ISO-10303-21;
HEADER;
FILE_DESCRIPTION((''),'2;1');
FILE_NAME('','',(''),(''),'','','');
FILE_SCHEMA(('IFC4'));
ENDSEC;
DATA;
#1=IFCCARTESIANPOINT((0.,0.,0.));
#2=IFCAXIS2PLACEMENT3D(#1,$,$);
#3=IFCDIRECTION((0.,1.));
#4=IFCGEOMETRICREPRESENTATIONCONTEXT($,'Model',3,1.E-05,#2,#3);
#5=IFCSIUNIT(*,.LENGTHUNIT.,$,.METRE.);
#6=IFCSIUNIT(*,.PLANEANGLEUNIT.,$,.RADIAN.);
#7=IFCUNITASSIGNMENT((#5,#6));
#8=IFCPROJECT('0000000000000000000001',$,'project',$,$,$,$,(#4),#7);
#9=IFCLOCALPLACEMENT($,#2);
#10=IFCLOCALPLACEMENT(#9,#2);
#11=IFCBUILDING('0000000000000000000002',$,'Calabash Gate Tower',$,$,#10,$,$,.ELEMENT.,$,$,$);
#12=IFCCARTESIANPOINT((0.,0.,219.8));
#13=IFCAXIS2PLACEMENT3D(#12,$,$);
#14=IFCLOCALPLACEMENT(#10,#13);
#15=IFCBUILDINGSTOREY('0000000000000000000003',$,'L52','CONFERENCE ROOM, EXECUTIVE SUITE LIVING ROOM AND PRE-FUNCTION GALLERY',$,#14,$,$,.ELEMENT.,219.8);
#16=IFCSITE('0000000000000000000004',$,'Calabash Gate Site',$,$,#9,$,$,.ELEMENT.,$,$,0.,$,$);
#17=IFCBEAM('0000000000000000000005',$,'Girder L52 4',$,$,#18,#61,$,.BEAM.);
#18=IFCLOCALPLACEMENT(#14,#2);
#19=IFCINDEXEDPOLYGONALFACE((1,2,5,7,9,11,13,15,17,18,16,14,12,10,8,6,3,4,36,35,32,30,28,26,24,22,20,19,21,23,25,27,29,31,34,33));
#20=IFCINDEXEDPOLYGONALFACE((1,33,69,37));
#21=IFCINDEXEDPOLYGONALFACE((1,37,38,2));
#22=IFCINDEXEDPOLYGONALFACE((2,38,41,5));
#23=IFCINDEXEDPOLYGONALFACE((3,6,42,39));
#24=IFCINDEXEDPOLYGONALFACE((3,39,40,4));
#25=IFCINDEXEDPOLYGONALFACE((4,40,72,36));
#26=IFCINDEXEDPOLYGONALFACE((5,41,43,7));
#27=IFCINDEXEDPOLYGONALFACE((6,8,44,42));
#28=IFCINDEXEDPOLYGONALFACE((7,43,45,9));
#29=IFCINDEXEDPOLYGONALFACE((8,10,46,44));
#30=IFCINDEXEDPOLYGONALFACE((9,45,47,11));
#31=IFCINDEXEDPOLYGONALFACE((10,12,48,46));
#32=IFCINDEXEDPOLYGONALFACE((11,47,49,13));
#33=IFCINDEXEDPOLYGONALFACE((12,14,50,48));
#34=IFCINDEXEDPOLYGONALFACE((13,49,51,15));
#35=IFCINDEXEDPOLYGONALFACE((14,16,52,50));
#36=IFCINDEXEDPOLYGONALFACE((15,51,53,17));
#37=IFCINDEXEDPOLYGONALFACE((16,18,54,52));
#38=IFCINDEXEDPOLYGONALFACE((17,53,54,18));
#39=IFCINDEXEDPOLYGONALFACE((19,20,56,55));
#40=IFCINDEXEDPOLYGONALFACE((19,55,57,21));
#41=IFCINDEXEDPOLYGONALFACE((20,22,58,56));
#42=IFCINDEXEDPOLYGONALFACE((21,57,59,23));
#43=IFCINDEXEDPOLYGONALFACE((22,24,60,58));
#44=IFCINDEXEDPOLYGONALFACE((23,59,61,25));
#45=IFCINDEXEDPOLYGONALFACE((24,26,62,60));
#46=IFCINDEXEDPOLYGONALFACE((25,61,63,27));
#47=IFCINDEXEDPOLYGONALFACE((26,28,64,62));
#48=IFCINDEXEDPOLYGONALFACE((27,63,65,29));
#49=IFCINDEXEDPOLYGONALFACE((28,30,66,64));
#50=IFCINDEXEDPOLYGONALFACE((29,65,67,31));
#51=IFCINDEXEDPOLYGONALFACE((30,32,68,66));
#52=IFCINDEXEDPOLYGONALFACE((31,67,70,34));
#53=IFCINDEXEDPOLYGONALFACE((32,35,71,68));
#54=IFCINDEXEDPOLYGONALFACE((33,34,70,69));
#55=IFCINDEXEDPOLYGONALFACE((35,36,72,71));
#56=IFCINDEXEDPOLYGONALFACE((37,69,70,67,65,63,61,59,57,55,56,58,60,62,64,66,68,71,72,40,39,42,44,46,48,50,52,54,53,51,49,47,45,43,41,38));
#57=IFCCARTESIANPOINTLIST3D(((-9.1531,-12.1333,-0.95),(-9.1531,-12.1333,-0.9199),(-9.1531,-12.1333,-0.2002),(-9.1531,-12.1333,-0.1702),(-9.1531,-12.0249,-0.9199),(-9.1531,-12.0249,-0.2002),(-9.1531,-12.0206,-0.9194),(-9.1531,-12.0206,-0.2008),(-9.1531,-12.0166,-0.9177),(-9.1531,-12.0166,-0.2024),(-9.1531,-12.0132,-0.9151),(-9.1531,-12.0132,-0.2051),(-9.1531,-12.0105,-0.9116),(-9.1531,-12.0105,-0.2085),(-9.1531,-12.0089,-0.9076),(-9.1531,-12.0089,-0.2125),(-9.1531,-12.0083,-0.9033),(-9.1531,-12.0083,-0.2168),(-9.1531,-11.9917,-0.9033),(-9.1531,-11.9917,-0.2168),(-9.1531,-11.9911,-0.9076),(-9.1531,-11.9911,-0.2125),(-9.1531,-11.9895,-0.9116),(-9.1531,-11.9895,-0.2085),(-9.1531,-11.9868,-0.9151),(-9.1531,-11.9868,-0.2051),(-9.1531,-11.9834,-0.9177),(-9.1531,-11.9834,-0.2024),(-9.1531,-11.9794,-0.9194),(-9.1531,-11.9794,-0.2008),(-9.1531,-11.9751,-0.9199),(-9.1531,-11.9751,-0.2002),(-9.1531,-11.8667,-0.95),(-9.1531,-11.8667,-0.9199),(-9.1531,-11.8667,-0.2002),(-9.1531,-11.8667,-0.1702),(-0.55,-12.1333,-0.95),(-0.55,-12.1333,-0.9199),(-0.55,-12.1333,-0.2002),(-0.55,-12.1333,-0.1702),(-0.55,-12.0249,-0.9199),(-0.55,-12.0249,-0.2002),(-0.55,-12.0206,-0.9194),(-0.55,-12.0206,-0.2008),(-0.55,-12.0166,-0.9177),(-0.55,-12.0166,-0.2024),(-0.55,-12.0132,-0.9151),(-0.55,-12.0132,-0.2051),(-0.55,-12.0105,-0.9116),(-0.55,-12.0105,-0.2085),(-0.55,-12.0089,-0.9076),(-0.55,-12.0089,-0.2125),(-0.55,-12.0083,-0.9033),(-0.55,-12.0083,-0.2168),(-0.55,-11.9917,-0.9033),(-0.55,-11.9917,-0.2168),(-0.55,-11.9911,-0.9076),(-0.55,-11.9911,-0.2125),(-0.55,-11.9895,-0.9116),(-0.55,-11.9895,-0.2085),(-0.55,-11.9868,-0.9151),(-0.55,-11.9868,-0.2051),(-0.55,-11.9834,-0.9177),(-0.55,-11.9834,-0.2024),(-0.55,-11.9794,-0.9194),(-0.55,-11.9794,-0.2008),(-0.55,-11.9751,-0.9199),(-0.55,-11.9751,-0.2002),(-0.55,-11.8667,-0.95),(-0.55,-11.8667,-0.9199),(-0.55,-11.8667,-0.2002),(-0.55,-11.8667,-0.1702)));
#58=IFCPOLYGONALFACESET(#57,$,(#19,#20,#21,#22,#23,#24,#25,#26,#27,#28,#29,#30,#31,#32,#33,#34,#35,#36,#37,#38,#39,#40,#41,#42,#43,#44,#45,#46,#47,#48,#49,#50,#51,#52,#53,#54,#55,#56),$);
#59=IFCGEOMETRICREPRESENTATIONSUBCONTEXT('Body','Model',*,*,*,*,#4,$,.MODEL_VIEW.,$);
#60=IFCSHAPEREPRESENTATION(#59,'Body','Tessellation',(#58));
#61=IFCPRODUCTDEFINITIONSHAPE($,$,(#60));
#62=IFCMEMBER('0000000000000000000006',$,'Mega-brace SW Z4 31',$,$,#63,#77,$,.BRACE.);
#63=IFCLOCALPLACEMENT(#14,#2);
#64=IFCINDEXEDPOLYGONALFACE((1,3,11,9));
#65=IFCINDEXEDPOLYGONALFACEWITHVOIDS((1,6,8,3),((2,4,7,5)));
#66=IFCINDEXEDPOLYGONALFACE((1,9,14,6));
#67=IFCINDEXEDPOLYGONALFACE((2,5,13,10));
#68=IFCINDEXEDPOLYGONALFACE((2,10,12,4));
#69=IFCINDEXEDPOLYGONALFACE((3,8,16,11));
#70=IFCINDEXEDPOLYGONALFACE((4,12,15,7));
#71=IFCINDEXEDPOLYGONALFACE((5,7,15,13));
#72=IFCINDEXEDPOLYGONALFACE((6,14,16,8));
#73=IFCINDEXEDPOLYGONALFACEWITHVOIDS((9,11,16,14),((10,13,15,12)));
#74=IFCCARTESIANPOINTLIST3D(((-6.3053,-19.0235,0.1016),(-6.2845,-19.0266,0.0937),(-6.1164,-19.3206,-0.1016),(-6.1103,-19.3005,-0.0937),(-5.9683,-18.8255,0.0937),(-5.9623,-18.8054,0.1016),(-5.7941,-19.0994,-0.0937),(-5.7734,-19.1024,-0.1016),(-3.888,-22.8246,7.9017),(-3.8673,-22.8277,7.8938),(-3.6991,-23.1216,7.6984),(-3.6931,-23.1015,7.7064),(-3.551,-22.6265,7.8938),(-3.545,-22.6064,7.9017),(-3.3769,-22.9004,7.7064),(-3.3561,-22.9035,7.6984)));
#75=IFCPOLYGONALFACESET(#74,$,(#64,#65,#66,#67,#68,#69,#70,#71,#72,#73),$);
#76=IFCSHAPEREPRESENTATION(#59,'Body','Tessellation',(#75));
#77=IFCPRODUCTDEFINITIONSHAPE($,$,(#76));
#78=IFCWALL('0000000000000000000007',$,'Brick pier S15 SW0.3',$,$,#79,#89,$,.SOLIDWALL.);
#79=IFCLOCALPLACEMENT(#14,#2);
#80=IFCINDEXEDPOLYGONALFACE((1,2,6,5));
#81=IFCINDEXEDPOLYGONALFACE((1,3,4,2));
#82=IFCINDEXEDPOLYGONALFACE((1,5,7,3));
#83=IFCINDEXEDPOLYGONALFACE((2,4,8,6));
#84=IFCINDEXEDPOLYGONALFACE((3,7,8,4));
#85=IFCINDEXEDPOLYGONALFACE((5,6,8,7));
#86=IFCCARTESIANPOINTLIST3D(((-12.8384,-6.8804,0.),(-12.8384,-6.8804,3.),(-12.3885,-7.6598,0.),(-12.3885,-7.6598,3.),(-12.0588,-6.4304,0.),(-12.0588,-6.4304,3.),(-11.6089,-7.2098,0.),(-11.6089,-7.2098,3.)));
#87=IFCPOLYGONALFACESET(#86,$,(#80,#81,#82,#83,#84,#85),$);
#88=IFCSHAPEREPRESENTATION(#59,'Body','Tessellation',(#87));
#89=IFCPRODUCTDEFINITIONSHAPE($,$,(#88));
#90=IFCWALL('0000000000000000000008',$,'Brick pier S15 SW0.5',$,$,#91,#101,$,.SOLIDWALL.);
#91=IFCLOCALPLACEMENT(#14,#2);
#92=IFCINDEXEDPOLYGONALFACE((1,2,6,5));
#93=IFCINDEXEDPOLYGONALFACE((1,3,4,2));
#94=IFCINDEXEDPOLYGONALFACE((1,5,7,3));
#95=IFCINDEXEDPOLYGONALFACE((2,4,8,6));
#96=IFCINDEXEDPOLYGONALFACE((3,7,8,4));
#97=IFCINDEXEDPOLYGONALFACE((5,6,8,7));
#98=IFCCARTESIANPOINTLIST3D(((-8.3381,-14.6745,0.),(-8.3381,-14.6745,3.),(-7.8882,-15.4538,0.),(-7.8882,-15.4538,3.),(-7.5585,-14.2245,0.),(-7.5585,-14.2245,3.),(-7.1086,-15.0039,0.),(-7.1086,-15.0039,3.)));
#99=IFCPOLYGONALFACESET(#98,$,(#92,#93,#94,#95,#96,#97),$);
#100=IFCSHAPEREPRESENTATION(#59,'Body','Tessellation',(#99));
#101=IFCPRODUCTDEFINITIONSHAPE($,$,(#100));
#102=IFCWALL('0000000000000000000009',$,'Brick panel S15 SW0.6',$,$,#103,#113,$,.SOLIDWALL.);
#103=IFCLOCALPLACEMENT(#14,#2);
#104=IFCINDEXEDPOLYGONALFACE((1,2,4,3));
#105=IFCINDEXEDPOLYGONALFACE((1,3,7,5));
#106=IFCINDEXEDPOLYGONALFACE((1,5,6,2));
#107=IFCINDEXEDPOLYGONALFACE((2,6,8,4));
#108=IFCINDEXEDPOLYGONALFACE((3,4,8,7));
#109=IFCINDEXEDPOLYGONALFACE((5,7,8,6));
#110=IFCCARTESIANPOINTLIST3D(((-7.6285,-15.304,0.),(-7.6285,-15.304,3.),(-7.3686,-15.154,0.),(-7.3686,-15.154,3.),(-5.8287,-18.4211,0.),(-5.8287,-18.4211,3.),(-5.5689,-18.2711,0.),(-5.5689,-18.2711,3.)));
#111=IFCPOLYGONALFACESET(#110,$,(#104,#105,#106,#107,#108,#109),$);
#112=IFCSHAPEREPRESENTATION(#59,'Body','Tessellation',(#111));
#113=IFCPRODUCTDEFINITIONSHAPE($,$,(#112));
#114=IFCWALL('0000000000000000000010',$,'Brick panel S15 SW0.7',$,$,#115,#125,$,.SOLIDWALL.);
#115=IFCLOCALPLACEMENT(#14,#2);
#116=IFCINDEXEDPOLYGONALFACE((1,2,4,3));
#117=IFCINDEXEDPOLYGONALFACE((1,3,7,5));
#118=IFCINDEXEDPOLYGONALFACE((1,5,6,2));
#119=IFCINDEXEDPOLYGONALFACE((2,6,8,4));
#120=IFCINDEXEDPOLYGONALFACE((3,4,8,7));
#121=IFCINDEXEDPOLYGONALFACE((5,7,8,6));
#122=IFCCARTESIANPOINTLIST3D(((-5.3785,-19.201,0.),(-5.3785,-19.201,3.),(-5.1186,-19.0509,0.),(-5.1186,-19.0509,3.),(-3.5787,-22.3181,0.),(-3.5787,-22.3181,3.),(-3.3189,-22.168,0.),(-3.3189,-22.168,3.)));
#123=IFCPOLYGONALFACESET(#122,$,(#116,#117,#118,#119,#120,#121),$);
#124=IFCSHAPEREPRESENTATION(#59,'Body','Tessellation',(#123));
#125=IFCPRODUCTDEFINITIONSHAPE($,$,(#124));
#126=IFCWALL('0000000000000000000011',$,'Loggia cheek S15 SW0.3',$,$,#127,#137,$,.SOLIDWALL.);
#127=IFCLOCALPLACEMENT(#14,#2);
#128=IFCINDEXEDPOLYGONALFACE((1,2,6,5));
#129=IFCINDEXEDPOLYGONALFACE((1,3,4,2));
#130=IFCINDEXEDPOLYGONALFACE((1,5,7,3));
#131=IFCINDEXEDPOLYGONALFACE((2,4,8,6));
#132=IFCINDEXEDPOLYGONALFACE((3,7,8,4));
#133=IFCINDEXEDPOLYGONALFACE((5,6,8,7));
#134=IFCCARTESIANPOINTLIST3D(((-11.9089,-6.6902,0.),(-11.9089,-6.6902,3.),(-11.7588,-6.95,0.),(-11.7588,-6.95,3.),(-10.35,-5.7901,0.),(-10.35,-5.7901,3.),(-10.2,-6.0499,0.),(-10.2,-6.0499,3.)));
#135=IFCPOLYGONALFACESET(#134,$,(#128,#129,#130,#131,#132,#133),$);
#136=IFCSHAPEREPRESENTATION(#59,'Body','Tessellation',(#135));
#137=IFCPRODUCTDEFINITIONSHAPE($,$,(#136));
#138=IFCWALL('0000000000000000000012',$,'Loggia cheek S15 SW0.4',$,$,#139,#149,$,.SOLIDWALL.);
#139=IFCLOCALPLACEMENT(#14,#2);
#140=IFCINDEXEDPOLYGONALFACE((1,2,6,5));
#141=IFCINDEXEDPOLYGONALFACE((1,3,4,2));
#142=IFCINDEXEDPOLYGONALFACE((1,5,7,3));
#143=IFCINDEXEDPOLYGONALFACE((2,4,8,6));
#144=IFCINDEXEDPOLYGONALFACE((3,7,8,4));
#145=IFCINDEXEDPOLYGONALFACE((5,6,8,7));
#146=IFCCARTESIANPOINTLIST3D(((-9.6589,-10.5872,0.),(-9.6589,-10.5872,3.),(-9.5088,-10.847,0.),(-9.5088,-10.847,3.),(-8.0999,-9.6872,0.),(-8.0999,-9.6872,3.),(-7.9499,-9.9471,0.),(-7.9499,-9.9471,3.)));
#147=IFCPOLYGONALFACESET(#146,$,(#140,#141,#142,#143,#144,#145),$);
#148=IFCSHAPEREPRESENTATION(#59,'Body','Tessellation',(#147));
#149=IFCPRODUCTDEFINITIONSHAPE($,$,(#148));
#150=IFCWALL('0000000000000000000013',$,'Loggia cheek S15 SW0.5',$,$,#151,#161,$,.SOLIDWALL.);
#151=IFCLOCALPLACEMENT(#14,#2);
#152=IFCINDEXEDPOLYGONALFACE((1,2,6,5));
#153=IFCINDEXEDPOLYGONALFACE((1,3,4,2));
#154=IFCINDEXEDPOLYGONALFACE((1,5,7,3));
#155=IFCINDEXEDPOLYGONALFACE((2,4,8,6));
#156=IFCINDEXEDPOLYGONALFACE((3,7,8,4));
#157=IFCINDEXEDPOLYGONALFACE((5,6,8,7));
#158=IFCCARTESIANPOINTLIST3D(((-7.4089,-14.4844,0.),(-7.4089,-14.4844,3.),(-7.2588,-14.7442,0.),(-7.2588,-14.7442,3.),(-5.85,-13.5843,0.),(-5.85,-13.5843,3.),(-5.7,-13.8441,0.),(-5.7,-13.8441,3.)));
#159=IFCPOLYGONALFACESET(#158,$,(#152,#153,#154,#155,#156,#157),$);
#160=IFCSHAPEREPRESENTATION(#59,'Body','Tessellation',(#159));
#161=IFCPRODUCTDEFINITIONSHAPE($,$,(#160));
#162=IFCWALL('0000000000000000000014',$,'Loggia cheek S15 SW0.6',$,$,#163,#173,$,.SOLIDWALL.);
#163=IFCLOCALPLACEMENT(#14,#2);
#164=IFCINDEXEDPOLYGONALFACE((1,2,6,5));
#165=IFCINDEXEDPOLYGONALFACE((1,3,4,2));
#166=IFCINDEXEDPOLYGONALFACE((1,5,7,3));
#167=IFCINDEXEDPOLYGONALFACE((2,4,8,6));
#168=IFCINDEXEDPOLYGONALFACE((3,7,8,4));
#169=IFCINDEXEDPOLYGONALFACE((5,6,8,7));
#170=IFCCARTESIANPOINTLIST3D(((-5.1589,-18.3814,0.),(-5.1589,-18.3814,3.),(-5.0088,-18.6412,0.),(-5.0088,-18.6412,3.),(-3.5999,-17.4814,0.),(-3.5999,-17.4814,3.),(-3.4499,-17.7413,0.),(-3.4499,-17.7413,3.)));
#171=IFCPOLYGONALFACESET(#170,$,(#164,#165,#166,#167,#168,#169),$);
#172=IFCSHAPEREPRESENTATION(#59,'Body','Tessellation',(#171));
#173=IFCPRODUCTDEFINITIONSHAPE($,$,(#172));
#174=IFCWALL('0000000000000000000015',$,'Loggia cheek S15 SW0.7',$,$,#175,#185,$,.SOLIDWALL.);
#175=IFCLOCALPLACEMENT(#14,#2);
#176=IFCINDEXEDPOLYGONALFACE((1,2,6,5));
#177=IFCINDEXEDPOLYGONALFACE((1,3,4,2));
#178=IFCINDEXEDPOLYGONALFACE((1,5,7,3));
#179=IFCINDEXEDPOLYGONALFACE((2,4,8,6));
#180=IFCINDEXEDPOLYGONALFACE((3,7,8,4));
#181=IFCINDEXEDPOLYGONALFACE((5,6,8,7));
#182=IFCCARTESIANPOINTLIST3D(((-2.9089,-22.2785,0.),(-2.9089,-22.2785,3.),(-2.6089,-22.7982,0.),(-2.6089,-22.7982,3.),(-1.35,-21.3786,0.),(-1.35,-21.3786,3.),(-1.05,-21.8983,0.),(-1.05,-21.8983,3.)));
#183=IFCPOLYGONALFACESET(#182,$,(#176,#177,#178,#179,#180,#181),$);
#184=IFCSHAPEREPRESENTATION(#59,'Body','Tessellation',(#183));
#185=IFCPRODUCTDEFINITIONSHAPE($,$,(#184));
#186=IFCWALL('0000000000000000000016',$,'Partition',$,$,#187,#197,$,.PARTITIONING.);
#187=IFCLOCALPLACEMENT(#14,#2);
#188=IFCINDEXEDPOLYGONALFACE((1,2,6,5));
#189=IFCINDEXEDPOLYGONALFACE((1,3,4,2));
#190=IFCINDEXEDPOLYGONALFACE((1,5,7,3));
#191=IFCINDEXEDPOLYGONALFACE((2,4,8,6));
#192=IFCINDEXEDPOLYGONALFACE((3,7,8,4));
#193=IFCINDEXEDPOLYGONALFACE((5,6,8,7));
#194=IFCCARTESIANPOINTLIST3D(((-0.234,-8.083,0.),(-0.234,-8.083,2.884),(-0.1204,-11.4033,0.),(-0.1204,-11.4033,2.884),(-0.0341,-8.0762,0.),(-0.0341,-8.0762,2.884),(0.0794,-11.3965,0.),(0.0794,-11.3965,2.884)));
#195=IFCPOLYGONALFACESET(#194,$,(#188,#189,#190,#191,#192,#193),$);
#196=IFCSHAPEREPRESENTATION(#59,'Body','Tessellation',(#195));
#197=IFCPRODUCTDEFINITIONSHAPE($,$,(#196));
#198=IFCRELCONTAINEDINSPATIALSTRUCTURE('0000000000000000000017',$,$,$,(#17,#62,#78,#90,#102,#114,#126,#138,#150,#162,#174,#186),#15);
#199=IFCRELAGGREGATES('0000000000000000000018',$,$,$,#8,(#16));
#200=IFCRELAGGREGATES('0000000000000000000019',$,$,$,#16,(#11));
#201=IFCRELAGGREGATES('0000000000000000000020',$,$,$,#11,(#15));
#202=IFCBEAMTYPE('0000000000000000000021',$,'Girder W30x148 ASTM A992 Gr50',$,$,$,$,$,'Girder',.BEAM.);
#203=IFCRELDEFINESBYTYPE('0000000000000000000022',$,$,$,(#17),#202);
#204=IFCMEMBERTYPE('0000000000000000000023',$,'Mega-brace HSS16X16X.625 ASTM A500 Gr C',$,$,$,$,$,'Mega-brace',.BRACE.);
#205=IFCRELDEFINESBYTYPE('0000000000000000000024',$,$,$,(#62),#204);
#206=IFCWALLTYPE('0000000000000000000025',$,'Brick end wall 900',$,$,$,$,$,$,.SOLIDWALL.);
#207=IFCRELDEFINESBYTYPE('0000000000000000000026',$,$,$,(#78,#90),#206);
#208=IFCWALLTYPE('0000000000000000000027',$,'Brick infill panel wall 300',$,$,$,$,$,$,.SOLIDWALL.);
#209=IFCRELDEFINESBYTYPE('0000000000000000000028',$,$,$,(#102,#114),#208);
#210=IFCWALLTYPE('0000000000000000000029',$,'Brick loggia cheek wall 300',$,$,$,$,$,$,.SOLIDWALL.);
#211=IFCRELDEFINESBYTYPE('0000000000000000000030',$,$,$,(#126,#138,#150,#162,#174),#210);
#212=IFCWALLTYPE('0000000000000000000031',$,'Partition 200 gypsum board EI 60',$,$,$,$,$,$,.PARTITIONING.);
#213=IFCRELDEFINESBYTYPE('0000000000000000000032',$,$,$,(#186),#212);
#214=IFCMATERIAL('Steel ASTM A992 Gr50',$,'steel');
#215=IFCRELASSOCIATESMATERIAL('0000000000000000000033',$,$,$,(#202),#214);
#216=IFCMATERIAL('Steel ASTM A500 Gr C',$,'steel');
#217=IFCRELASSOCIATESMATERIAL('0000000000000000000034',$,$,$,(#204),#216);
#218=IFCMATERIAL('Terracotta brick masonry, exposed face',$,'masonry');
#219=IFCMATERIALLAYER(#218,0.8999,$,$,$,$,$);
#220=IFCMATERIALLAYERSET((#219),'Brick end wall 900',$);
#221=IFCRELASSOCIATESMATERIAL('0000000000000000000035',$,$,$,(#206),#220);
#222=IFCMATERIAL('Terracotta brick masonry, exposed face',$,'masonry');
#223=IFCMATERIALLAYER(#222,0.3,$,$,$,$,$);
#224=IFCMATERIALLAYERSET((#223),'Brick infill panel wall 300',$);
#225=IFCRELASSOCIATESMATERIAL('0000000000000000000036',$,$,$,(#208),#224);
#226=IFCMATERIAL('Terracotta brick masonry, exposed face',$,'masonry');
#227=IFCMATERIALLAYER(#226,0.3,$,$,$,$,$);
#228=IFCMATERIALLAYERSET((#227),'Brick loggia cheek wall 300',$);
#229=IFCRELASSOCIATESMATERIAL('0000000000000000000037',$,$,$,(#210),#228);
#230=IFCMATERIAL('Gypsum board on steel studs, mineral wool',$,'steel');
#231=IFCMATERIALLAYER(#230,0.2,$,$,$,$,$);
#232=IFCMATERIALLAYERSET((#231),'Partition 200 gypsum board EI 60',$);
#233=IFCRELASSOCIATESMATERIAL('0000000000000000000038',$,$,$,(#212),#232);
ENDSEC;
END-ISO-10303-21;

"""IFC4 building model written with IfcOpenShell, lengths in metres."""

from ifc_helpers import new_model, si_unit, direction, frame, frame_2d, origin, origin_2d, place, context, subcontext, project, spatial, rectangle, hollow_rectangle, i_section, extrude, material, layer, layer_set, material_profile, profile_set, type_object, element, save


model = new_model("IFC4")

# Units and contexts
model_context = context("Model", 3, precision=1e-05, world=origin(), true_north=direction((0.0, 1.0)))
body_context = subcontext(model_context, "Body", "Model", "MODEL_VIEW")
ifc_project = project(units=[si_unit("LENGTHUNIT", "METRE"), si_unit("PLANEANGLEUNIT", "RADIAN")], contexts=[model_context])

# Site, building, storey
site_placement = place(None, origin())
site = spatial("IfcSite", under=ifc_project, at=site_placement, Name="Calabash Gate Site", CompositionType="ELEMENT", RefElevation=0.0)
building_placement = place(site_placement, origin())
building = spatial("IfcBuilding", under=site, at=building_placement, Name="Calabash Gate Tower", CompositionType="ELEMENT")
storey_placement = place(building_placement, frame((0.0, 0.0, 219.8)))
storey = spatial("IfcBuildingStorey", under=building, at=storey_placement, Name="L52", Description="CONFERENCE ROOM, EXECUTIVE SUITE LIVING ROOM AND PRE-FUNCTION GALLERY", CompositionType="ELEMENT", Elevation=219.8)

# Beam
ifc_material_1 = material(Name="Steel ASTM A992 Gr50", Category="steel")
ifc_material_profile_1 = material_profile(ifc_material_1, i_section(OverallWidth=0.2666, OverallDepth=0.7798, WebThickness=0.0166, FlangeThickness=0.03, FilletRadius=0.0166, at=origin_2d()))
ifc_profile_set_1 = profile_set([ifc_material_profile_1], Name="Steel ASTM A992 Gr50")
beam_type_1 = type_object("IfcBeamType", Name="Girder W30x148 ASTM A992 Gr50", ElementType="Girder", PredefinedType="BEAM", material=ifc_profile_set_1)
beam_1_placement = place(storey_placement, frame((-9.1531, -12.0, -0.5601), z_axis=(1.0, 0.0, 0.0), x_axis=(0.0, 1.0, 0.0)))
element("IfcBeam", 1, at=beam_1_placement, inside=storey, type_object=beam_type_1, Name="Girder L52 4", PredefinedType="BEAM", context=body_context, shape_type="SweptSolid", body=[
    extrude(i_section(OverallWidth=0.2666, OverallDepth=0.7798, WebThickness=0.0166, FlangeThickness=0.03, FilletRadius=0.0166, at=origin_2d()), origin(), (0.0, 0.0, 1.0), 8.603),
])

# Member
ifc_material_2 = material(Name="Steel ASTM A500 Gr C", Category="steel")
ifc_material_profile_2 = material_profile(ifc_material_2, hollow_rectangle(XDim=0.4065, YDim=0.4065, WallThickness=0.0159, at=origin_2d()))
ifc_profile_set_2 = profile_set([ifc_material_profile_2], Name="Steel ASTM A500 Gr C")
member_type = type_object("IfcMemberType", Name="Mega-brace HSS16X16X.625 ASTM A500 Gr C", ElementType="Mega-brace", PredefinedType="BRACE", material=ifc_profile_set_2)
member_placement = place(storey_placement, frame((-6.0393, -19.063, 0.0), z_axis=(0.268364, -0.421994, 0.865969), x_axis=(0.843822, 0.536623, 0.0)))
element("IfcMember", 2, at=member_placement, inside=storey, type_object=member_type, Name="Mega-brace SW Z4 31", PredefinedType="BRACE", context=body_context, shape_type="SweptSolid", body=[
    extrude(hollow_rectangle(XDim=0.4065, YDim=0.4065, WallThickness=0.0159, at=origin_2d()), origin(), (0.0, 0.0, 1.0), 9.0073),
])

# Walls
ifc_material_3 = material(Name="Terracotta brick masonry, exposed face", Category="masonry")
ifc_layer_1 = layer(ifc_material_3, 0.8999)
ifc_layer_set_1 = layer_set([ifc_layer_1], Name="Brick end wall 900")
wall_type_1 = type_object("IfcWallType", Name="Brick end wall 900", PredefinedType="SOLIDWALL", material=ifc_layer_set_1)
for number, where, z_axis, x_axis, name in (
    (3, (-11.8337, -6.8201, 0.0), (0.0, 0.0, 1.0), (-0.866082, -0.499902, 0.0), "Brick pier S15 SW0.3"),
    (4, (-8.1133, -15.0642, 0.0), (0.0, 0.0, 1.0), (0.866082, 0.499902, 0.0), "Brick pier S15 SW0.5"),
):
    element("IfcWall", number, at=place(storey_placement, frame(where, z_axis=z_axis, x_axis=x_axis)), inside=storey, type_object=wall_type_1, Name=name, PredefinedType="SOLIDWALL", context=body_context, shape_type="SweptSolid", body=[
        extrude(rectangle(XDim=0.9001, YDim=0.8999, at=frame_2d((0.4502, 0.0))), origin(), (0.0, 0.0, 1.0), 3.0),
    ])
ifc_material_4 = material(Name="Terracotta brick masonry, exposed face", Category="masonry")
ifc_layer_2 = layer(ifc_material_4, 0.3)
ifc_layer_set_2 = layer_set([ifc_layer_2], Name="Brick infill panel wall 300")
wall_type_2 = type_object("IfcWallType", Name="Brick infill panel wall 300", PredefinedType="SOLIDWALL", material=ifc_layer_set_2)
for number, where, z_axis, x_axis, name in (
    (5, (-5.6987, -18.3462, 0.0), (0.0, 0.0, 1.0), (-0.50002, 0.866014, 0.0), "Brick panel S15 SW0.6"),
    (6, (-3.4487, -22.2432, 0.0), (0.0, 0.0, 1.0), (-0.50002, 0.866014, 0.0), "Brick panel S15 SW0.7"),
):
    element("IfcWall", number, at=place(storey_placement, frame(where, z_axis=z_axis, x_axis=x_axis)), inside=storey, type_object=wall_type_2, Name=name, PredefinedType="SOLIDWALL", context=body_context, shape_type="SweptSolid", body=[
        extrude(rectangle(XDim=3.5994, YDim=0.3, at=frame_2d((1.7998, 0.0))), origin(), (0.0, 0.0, 1.0), 3.0),
    ])
ifc_material_5 = material(Name="Terracotta brick masonry, exposed face", Category="masonry")
ifc_layer_3 = layer(ifc_material_5, 0.3)
ifc_layer_set_3 = layer_set([ifc_layer_3], Name="Brick loggia cheek wall 300")
wall_type_3 = type_object("IfcWallType", Name="Brick loggia cheek wall 300", PredefinedType="SOLIDWALL", material=ifc_layer_set_3)
for number, where, z_axis, x_axis, name in (
    (7, (-11.8337, -6.8201, 0.0), (0.0, 0.0, 1.0), (0.865989, 0.500063, 0.0), "Loggia cheek S15 SW0.3"),
    (8, (-9.5837, -10.717, 0.0), (0.0, 0.0, 1.0), (0.866048, 0.499961, 0.0), "Loggia cheek S15 SW0.4"),
    (9, (-7.3337, -14.6143, 0.0), (0.0, 0.0, 1.0), (0.865989, 0.500063, 0.0), "Loggia cheek S15 SW0.5"),
    (10, (-5.0837, -18.5112, 0.0), (0.0, 0.0, 1.0), (0.866048, 0.499961, 0.0), "Loggia cheek S15 SW0.6"),
):
    element("IfcWall", number, at=place(storey_placement, frame(where, z_axis=z_axis, x_axis=x_axis)), inside=storey, type_object=wall_type_3, Name=name, PredefinedType="SOLIDWALL", context=body_context, shape_type="SweptSolid", body=[
        extrude(rectangle(XDim=1.8, YDim=0.3, at=frame_2d((0.8999, 0.0))), origin(), (0.0, 0.0, 1.0), 3.0),
    ])
wall_1_placement = place(storey_placement, frame((-2.7588, -22.5383, 0.0), z_axis=(0.0, 0.0, 1.0), x_axis=(0.866048, 0.499961, 0.0)))
element("IfcWall", 11, at=wall_1_placement, inside=storey, type_object=wall_type_3, Name="Loggia cheek S15 SW0.7", PredefinedType="SOLIDWALL", context=body_context, shape_type="SweptSolid", body=[
    extrude(rectangle(XDim=1.8, YDim=0.6001, at=frame_2d((0.8999, 0.0))), origin(), (0.0, 0.0, 1.0), 3.0),
])
ifc_material_6 = material(Name="Gypsum board on steel studs, mineral wool", Category="steel")
ifc_layer_4 = layer(ifc_material_6, 0.2)
ifc_layer_set_4 = layer_set([ifc_layer_4], Name="Partition 200 gypsum board EI 60")
wall_type_4 = type_object("IfcWallType", Name="Partition 200 gypsum board EI 60", PredefinedType="PARTITIONING", material=ifc_layer_set_4)
wall_2_placement = place(storey_placement, frame((-0.134, -8.0796, 0.0), z_axis=(0.0, 0.0, 1.0), x_axis=(0.034171, -0.999416, 0.0)))
element("IfcWall", 12, at=wall_2_placement, inside=storey, type_object=wall_type_4, Name="Partition", PredefinedType="PARTITIONING", context=body_context, shape_type="SweptSolid", body=[
    extrude(rectangle(XDim=3.3223, YDim=0.2, at=frame_2d((1.6611, 0.0))), origin(), (0.0, 0.0, 1.0), 2.884),
])

save(model, "model.ifc")
